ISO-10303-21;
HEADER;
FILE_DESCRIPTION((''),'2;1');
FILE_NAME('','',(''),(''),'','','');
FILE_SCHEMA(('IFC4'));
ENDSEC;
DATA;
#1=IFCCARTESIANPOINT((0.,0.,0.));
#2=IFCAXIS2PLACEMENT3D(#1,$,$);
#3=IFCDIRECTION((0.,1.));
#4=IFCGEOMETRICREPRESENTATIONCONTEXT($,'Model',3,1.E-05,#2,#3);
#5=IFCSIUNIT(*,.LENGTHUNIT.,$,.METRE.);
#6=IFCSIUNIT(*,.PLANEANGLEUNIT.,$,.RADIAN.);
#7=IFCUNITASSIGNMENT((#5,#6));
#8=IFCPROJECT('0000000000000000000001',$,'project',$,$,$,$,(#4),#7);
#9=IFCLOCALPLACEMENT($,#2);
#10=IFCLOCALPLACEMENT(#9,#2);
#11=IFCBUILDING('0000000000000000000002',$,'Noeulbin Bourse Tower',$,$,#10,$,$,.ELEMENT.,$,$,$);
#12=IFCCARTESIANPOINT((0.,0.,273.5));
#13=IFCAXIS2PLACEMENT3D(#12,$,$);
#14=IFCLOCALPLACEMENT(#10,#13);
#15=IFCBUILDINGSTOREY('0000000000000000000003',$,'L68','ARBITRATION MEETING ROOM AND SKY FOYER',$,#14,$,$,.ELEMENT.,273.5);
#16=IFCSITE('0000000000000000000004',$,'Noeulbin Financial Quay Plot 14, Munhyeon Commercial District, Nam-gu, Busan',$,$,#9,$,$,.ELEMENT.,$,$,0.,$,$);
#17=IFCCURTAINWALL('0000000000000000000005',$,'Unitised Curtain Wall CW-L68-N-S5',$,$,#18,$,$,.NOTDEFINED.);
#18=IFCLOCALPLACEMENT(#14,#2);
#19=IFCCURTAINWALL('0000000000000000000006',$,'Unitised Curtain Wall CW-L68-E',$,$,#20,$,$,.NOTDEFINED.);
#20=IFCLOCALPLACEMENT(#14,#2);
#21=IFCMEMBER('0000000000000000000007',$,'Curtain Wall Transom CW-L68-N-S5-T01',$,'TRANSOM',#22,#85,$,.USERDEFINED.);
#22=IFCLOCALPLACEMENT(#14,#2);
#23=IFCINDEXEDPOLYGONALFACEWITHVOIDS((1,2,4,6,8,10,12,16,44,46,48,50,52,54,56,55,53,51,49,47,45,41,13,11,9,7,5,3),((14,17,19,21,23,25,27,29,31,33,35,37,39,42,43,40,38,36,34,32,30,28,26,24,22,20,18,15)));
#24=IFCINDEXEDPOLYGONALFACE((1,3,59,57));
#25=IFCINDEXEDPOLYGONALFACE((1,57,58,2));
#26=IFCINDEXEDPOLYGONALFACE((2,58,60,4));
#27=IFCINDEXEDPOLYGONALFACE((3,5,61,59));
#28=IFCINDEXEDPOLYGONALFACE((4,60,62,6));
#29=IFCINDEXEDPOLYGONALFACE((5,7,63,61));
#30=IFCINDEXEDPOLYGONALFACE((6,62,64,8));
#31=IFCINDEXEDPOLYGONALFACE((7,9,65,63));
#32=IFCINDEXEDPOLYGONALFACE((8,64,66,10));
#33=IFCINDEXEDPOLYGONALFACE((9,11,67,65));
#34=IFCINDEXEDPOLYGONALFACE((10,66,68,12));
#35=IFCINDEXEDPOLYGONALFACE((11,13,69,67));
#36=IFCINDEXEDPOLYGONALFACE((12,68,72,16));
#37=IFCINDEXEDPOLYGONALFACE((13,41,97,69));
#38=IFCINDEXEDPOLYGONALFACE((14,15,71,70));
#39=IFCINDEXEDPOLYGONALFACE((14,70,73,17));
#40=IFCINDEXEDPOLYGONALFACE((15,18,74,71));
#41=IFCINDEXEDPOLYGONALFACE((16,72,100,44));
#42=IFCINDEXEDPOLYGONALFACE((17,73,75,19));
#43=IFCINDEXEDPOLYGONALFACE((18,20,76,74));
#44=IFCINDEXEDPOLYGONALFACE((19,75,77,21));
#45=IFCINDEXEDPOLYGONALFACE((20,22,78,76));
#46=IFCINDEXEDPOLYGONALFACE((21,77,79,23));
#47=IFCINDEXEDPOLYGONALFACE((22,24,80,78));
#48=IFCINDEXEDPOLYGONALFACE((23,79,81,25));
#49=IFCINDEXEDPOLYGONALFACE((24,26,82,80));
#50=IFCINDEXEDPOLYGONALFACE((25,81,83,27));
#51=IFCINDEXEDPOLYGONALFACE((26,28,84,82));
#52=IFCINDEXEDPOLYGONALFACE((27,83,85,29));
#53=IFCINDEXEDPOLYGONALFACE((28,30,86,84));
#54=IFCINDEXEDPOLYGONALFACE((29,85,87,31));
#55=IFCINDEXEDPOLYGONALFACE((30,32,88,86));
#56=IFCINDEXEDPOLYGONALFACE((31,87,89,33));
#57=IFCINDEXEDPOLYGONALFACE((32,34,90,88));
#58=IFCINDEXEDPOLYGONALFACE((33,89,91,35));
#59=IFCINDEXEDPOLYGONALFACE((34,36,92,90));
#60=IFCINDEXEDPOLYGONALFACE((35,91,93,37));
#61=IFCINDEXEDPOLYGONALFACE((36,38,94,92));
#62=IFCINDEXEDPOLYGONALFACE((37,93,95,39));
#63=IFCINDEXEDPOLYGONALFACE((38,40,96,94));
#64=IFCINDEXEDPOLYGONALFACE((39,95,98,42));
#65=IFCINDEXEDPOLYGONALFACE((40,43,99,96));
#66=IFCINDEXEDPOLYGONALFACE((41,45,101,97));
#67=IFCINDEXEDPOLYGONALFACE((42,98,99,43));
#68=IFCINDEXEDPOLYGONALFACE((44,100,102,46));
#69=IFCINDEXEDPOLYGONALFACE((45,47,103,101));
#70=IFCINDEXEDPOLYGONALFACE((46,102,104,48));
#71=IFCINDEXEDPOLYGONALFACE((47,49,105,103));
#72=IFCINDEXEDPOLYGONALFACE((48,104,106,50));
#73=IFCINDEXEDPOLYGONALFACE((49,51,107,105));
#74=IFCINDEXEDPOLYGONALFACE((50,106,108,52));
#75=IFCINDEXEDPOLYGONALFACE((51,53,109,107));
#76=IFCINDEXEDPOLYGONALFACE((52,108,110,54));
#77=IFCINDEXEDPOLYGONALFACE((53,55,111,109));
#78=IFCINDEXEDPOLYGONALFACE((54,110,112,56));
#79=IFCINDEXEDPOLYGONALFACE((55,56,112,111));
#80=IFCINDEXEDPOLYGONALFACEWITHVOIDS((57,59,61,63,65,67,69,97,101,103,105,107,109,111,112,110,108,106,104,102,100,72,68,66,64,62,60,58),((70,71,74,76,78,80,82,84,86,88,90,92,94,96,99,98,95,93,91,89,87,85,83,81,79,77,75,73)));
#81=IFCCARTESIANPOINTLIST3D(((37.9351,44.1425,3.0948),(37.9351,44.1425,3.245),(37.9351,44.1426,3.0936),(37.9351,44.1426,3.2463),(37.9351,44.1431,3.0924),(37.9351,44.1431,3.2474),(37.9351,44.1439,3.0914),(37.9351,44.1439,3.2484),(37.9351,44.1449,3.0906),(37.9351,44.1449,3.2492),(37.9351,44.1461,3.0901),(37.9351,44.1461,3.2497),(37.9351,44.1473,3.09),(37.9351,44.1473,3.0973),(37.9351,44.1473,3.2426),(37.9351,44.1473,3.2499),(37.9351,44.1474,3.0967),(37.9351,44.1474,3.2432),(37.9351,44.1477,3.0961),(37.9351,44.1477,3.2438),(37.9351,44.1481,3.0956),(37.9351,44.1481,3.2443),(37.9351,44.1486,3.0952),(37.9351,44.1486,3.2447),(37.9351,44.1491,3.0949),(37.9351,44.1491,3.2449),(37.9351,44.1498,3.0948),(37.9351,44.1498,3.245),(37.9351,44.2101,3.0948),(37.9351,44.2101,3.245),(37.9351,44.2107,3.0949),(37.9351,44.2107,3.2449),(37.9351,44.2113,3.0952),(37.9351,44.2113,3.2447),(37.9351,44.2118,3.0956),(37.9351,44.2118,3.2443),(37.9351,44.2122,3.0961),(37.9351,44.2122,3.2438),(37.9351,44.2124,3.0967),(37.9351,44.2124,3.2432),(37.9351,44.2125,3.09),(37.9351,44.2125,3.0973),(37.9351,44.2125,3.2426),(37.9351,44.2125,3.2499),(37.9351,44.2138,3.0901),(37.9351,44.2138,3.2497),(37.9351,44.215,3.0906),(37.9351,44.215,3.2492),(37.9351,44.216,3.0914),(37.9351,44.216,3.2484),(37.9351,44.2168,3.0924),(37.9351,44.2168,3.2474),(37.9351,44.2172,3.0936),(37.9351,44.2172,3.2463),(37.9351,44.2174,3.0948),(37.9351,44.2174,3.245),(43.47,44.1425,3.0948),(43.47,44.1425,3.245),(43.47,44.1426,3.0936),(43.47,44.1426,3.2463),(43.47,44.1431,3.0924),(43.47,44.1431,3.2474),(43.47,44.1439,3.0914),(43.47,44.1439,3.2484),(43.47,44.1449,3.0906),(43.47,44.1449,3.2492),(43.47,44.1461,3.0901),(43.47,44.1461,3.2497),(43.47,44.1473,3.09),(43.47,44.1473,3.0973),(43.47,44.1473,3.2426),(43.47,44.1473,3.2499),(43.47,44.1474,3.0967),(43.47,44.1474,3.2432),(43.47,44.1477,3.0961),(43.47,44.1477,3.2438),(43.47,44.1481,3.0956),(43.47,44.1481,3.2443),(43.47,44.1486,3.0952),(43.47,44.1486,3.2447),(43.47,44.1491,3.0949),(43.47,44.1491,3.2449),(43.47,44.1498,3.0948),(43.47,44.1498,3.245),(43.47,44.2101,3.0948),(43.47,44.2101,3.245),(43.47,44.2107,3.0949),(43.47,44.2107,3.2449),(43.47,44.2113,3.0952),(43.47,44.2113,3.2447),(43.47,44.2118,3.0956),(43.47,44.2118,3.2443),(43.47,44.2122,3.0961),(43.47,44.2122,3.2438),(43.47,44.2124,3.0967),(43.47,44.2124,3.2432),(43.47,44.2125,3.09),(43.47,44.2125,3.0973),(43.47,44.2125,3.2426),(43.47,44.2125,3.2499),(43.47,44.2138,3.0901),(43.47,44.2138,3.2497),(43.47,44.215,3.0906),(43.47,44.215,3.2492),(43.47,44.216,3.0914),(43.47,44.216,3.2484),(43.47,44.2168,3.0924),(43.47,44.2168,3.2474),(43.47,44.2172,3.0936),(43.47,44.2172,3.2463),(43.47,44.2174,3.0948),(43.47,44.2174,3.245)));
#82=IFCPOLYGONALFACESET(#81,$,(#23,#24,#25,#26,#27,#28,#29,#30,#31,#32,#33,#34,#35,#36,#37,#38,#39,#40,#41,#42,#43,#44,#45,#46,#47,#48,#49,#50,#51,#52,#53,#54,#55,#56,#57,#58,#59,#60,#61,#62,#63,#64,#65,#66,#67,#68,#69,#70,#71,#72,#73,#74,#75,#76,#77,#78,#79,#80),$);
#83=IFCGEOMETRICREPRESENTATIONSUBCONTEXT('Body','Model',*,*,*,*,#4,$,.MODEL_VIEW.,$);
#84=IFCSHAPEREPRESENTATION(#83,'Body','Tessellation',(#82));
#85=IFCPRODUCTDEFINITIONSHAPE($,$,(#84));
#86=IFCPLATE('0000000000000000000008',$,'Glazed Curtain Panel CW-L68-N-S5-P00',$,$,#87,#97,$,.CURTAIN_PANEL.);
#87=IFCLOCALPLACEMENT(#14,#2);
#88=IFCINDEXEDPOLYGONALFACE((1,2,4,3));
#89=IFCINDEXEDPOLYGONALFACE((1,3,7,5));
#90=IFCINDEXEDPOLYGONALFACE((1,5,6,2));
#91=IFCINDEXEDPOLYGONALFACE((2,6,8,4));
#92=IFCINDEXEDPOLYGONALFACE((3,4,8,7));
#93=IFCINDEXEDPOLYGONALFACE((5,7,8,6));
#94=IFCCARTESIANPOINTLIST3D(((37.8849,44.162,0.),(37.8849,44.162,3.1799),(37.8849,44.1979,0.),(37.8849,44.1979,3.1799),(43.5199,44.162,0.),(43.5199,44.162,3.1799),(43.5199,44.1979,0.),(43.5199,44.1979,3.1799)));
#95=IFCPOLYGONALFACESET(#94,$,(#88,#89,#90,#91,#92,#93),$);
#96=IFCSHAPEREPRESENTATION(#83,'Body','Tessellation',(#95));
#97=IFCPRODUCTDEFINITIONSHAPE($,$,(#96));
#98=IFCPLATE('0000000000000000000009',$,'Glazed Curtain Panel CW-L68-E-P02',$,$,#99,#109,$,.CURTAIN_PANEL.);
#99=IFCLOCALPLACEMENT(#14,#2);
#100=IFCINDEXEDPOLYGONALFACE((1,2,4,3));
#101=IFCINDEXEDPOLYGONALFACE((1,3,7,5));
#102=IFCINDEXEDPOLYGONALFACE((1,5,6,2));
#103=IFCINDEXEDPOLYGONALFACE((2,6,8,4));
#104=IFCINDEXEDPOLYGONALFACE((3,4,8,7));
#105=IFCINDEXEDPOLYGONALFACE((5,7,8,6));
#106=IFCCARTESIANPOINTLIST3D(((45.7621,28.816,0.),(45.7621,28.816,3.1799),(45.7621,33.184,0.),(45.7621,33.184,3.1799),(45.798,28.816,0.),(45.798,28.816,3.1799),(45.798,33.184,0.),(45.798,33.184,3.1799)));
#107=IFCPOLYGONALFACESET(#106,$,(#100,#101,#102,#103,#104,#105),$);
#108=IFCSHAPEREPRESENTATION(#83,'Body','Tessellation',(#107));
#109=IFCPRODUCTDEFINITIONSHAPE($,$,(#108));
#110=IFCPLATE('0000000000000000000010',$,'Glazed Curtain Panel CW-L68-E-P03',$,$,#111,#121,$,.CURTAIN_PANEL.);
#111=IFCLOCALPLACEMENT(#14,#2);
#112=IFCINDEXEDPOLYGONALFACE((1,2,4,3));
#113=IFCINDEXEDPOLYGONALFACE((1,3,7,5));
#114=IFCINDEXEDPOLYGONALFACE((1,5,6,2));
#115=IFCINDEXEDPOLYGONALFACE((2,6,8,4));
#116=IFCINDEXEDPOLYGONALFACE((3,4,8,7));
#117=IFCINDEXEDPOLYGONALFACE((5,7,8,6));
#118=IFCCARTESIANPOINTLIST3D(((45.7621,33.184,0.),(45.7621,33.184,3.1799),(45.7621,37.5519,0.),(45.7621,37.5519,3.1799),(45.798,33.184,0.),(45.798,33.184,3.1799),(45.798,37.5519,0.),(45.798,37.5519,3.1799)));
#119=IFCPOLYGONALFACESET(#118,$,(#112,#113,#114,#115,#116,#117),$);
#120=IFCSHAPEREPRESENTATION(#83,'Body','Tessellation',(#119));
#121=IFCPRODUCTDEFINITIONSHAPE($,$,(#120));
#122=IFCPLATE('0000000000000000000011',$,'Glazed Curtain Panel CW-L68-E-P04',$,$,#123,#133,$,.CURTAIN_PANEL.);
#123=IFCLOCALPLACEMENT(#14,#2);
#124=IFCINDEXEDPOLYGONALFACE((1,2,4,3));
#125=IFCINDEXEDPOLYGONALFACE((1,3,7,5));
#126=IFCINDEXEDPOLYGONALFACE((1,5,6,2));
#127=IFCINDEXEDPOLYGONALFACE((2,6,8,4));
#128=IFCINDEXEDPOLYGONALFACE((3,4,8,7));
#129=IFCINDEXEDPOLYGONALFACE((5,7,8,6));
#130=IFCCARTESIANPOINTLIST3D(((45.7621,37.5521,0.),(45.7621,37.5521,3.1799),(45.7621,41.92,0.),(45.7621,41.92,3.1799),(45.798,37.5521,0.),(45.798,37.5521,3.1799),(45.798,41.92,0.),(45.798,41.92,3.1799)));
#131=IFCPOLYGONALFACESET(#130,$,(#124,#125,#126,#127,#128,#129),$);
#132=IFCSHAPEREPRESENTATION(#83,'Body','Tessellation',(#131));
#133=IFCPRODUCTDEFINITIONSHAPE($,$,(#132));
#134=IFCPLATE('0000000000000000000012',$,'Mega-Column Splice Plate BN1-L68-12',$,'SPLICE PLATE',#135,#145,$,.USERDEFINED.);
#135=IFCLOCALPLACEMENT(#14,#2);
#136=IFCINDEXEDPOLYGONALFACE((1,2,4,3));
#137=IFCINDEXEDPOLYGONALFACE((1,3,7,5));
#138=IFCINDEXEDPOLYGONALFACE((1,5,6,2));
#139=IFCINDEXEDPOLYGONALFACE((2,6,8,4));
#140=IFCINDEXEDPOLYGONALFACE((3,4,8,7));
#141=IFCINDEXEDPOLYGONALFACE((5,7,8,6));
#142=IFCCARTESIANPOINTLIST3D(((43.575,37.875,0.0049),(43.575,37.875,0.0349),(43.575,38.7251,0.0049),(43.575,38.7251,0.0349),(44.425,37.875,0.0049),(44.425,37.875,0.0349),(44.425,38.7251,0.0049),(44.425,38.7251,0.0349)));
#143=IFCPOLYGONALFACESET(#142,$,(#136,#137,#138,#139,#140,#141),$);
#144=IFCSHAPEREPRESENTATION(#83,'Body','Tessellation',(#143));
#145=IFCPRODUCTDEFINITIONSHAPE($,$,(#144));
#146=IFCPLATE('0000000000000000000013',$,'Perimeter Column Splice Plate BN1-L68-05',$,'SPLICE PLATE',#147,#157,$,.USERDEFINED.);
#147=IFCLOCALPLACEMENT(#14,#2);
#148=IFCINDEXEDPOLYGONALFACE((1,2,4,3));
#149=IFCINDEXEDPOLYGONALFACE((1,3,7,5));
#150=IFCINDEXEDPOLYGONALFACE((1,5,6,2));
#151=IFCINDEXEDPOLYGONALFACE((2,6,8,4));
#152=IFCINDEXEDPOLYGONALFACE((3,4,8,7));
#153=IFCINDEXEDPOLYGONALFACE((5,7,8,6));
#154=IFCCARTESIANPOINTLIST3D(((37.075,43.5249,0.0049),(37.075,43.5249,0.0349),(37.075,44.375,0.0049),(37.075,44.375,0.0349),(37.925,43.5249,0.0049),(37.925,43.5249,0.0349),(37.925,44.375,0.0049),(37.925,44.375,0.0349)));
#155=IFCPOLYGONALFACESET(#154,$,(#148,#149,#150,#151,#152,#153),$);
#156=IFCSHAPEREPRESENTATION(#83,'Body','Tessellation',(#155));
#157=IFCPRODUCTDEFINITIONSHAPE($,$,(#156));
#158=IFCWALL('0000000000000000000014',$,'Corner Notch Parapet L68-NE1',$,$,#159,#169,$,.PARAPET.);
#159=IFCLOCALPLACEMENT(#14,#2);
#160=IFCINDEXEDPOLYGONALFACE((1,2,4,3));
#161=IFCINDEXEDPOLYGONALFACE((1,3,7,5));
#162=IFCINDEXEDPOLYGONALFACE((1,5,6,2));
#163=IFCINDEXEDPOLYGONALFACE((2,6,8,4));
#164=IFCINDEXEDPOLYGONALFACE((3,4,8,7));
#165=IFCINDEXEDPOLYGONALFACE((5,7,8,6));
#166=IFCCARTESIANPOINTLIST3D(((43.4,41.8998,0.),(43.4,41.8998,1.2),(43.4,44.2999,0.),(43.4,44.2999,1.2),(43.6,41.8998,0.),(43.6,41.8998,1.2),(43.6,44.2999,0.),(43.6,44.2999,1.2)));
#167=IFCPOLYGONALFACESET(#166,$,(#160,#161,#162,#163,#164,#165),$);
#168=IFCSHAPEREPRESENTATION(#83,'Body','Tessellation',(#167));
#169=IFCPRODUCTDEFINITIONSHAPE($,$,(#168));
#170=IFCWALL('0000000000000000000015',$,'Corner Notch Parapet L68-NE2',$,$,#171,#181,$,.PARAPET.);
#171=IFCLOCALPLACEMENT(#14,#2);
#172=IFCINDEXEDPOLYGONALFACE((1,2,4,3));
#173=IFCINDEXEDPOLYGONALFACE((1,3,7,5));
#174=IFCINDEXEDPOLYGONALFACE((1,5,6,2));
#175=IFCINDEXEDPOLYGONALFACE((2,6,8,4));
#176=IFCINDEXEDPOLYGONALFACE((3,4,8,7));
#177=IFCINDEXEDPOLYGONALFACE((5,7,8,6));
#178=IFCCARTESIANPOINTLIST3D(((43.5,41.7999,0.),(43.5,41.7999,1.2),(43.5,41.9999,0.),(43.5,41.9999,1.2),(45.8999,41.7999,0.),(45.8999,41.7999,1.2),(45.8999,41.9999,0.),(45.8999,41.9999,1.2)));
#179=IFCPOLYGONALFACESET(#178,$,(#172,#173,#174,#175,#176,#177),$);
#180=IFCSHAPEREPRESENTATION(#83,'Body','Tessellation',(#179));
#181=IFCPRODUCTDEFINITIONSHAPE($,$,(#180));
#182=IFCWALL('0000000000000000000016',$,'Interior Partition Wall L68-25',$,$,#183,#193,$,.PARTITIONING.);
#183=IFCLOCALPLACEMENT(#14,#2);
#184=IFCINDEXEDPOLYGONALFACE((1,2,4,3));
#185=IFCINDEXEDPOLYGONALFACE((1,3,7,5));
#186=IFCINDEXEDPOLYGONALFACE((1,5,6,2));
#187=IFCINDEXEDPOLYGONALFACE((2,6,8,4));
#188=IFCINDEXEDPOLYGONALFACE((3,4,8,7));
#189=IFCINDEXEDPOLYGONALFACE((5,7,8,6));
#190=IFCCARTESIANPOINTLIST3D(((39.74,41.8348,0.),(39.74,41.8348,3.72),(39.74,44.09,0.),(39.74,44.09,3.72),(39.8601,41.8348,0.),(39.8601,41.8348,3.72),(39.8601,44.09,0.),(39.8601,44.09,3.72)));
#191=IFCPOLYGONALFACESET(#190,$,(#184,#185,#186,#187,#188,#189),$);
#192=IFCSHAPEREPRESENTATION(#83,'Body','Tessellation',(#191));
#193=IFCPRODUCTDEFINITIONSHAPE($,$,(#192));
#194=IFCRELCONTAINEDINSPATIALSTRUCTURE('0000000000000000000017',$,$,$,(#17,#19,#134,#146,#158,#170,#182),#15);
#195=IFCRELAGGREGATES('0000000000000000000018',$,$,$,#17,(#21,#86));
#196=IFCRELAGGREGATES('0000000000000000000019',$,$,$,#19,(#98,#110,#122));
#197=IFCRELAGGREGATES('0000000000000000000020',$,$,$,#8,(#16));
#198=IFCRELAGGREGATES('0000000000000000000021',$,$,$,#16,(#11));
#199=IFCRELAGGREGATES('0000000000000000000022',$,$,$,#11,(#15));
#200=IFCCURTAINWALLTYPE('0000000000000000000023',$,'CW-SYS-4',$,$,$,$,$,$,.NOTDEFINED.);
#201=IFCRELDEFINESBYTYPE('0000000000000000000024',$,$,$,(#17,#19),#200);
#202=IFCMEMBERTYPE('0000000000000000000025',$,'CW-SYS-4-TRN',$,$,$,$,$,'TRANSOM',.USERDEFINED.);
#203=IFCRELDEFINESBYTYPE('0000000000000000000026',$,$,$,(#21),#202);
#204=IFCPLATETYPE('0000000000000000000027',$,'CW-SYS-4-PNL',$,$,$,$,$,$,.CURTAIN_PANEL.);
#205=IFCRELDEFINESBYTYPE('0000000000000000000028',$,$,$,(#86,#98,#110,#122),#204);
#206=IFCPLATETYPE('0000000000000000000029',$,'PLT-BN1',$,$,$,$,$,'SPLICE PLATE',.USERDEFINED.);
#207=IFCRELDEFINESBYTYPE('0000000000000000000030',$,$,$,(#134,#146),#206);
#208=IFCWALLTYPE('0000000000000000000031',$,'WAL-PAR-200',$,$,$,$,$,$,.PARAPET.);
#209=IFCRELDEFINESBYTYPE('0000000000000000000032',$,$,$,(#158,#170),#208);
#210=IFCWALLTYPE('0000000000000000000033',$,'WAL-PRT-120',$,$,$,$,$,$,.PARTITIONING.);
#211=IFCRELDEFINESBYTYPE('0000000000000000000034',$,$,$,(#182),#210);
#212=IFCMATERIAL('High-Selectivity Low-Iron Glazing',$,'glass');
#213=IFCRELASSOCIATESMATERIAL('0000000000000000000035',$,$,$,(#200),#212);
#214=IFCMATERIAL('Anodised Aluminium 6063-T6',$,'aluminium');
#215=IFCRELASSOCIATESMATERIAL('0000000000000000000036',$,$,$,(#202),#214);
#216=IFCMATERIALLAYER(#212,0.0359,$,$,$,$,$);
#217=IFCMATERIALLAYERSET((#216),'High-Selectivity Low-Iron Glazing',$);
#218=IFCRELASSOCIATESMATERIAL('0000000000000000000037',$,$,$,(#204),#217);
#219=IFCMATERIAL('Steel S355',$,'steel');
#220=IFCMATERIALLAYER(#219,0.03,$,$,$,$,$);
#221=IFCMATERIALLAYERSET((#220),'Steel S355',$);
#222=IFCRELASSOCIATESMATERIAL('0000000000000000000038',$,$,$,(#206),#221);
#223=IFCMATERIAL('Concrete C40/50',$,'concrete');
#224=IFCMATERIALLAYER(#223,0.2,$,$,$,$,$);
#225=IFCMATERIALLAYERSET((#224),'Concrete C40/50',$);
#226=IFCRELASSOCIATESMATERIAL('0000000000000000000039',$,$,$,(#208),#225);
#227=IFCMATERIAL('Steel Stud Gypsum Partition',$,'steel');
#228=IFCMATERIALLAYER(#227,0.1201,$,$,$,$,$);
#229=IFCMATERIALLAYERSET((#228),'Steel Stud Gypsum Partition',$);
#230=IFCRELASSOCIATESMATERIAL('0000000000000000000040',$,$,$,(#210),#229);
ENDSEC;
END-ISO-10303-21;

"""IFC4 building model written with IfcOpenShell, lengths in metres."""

from ifc_helpers import new_model, si_unit, direction, frame, frame_2d, origin, origin_2d, place, context, subcontext, project, spatial, rectangle, hollow_rectangle, extrude, material, layer, layer_set, material_profile, profile_set, type_object, element, aggregate, save


model = new_model("IFC4")

# Units and contexts
model_context = context("Model", 3, precision=1e-05, world=origin(), true_north=direction((0.0, 1.0)))
body_context = subcontext(model_context, "Body", "Model", "MODEL_VIEW")
ifc_project = project(units=[si_unit("LENGTHUNIT", "METRE"), si_unit("PLANEANGLEUNIT", "RADIAN")], contexts=[model_context])

# Site, building, storey
site_placement = place(None, origin())
site = spatial("IfcSite", under=ifc_project, at=site_placement, Name="Noeulbin Financial Quay Plot 14, Munhyeon Commercial District, Nam-gu, Busan", CompositionType="ELEMENT", RefElevation=0.0)
building_placement = place(site_placement, origin())
building = spatial("IfcBuilding", under=site, at=building_placement, Name="Noeulbin Bourse Tower", CompositionType="ELEMENT")
storey_placement = place(building_placement, frame((0.0, 0.0, 273.5)))
storey = spatial("IfcBuildingStorey", under=building, at=storey_placement, Name="L68", Description="ARBITRATION MEETING ROOM AND SKY FOYER", CompositionType="ELEMENT", Elevation=273.5)

# Shared definitions
ifc_material_1 = material(Name="Steel S355", Category="steel")

# Curtain walls
ifc_material_2 = material(Name="High-Selectivity Low-Iron Glazing", Category="glass")
curtain_wall_type = type_object("IfcCurtainWallType", Name="CW-SYS-4", PredefinedType="NOTDEFINED", material=ifc_material_2)
curtain_wall_1_placement = place(storey_placement, origin())
curtain_wall_1 = element("IfcCurtainWall", 1, at=curtain_wall_1_placement, inside=storey, type_object=curtain_wall_type, Name="Unitised Curtain Wall CW-L68-N-S5", PredefinedType="NOTDEFINED")
ifc_material_3 = material(Name="Anodised Aluminium 6063-T6", Category="aluminium")
curtain_wall_2_placement = place(storey_placement, origin())
curtain_wall_2 = element("IfcCurtainWall", 2, at=curtain_wall_2_placement, inside=storey, type_object=curtain_wall_type, Name="Unitised Curtain Wall CW-L68-E", PredefinedType="NOTDEFINED")

# Member
ifc_material_profile_1 = material_profile(ifc_material_3, hollow_rectangle(XDim=0.075, YDim=0.1599, WallThickness=0.0049, InnerFilletRadius=0.0024, OuterFilletRadius=0.0049, at=origin_2d()), Name="ALU-TRAN-75x160x5", Category="LoadBearing")
ifc_profile_set_1 = profile_set([ifc_material_profile_1], Name="Anodised Aluminium 6063-T6")
member_type_1 = type_object("IfcMemberType", Name="CW-SYS-4-TRN", ElementType="TRANSOM", PredefinedType="USERDEFINED", material=ifc_profile_set_1)
member_1_placement = place(storey_placement, frame((37.9351, 44.1799, 3.1699), z_axis=(1.0, 0.0, 0.0), x_axis=(0.0, 1.0, 0.0)))
member_1 = element("IfcMember", 3, at=member_1_placement, type_object=member_type_1, Name="Curtain Wall Transom CW-L68-N-S5-T01", ObjectType="TRANSOM", PredefinedType="USERDEFINED", context=body_context, shape_type="SweptSolid", body=[
    extrude(hollow_rectangle(XDim=0.075, YDim=0.1599, WallThickness=0.0049, InnerFilletRadius=0.0024, OuterFilletRadius=0.0049, at=origin_2d()), origin(), (0.0, 0.0, 1.0), 5.5349),
])

# Plates
ifc_layer_1 = layer(ifc_material_2, 0.0359)
ifc_layer_set_1 = layer_set([ifc_layer_1], Name="High-Selectivity Low-Iron Glazing")
plate_type_1 = type_object("IfcPlateType", Name="CW-SYS-4-PNL", PredefinedType="CURTAIN_PANEL", material=ifc_layer_set_1)
plate_1_placement = place(storey_placement, frame((40.7024, 44.1799, 0.0), z_axis=(0.0, 0.0, 1.0), x_axis=(1.0, 0.0, 0.0)))
plate_1 = element("IfcPlate", 4, at=plate_1_placement, type_object=plate_type_1, Name="Glazed Curtain Panel CW-L68-N-S5-P00", PredefinedType="CURTAIN_PANEL", context=body_context, shape_type="SweptSolid", body=[
    extrude(rectangle(XDim=5.635, YDim=0.0359, at=origin_2d()), origin(), (0.0, 0.0, 1.0), 3.1799),
])
aggregate(curtain_wall_1, [member_1, plate_1])
plate_2_placement = place(storey_placement, frame((45.78, 31.0, 0.0), z_axis=(0.0, 0.0, 1.0), x_axis=(0.0, 1.0, 0.0)))
plate_2 = element("IfcPlate", 5, at=plate_2_placement, type_object=plate_type_1, Name="Glazed Curtain Panel CW-L68-E-P02", PredefinedType="CURTAIN_PANEL", context=body_context, shape_type="SweptSolid", body=[
    extrude(rectangle(XDim=4.3679, YDim=0.0359, at=origin_2d()), origin(), (0.0, 0.0, 1.0), 3.1799),
])
plate_3_placement = place(storey_placement, frame((45.78, 35.3679, 0.0), z_axis=(0.0, 0.0, 1.0), x_axis=(0.0, 1.0, 0.0)))
plate_3 = element("IfcPlate", 6, at=plate_3_placement, type_object=plate_type_1, Name="Glazed Curtain Panel CW-L68-E-P03", PredefinedType="CURTAIN_PANEL", context=body_context, shape_type="SweptSolid", body=[
    extrude(rectangle(XDim=4.3679, YDim=0.0359, at=origin_2d()), origin(), (0.0, 0.0, 1.0), 3.1799),
])
plate_4_placement = place(storey_placement, frame((45.78, 39.7361, 0.0), z_axis=(0.0, 0.0, 1.0), x_axis=(0.0, 1.0, 0.0)))
plate_4 = element("IfcPlate", 7, at=plate_4_placement, type_object=plate_type_1, Name="Glazed Curtain Panel CW-L68-E-P04", PredefinedType="CURTAIN_PANEL", context=body_context, shape_type="SweptSolid", body=[
    extrude(rectangle(XDim=4.3679, YDim=0.0359, at=origin_2d()), origin(), (0.0, 0.0, 1.0), 3.1799),
])
aggregate(curtain_wall_2, [plate_2, plate_3, plate_4])

# Plates
ifc_layer_2 = layer(ifc_material_1, 0.03)
ifc_layer_set_2 = layer_set([ifc_layer_2], Name="Steel S355")
plate_type_2 = type_object("IfcPlateType", Name="PLT-BN1", ElementType="SPLICE PLATE", PredefinedType="USERDEFINED", material=ifc_layer_set_2)
for number, where, z_axis, x_axis, name in (
    (8, (44.0, 38.3, 0.0049), (0.0, 0.0, 1.0), (1.0, 0.0, 0.0), "Mega-Column Splice Plate BN1-L68-12"),
    (9, (37.5, 43.95, 0.0049), (0.0, 0.0, 1.0), (1.0, 0.0, 0.0), "Perimeter Column Splice Plate BN1-L68-05"),
):
    element("IfcPlate", number, at=place(storey_placement, frame(where, z_axis=z_axis, x_axis=x_axis)), inside=storey, type_object=plate_type_2, Name=name, ObjectType="SPLICE PLATE", PredefinedType="USERDEFINED", context=body_context, shape_type="SweptSolid", body=[
        extrude(rectangle(XDim=0.8501, YDim=0.8501, at=origin_2d()), origin(), (0.0, 0.0, 1.0), 0.03),
    ])

# Walls
ifc_material_4 = material(Name="Concrete C40/50", Category="concrete")
ifc_layer_3 = layer(ifc_material_4, 0.2)
ifc_layer_set_3 = layer_set([ifc_layer_3], Name="Concrete C40/50")
wall_type_1 = type_object("IfcWallType", Name="WAL-PAR-200", PredefinedType="PARAPET", material=ifc_layer_set_3)
wall_1_placement = place(storey_placement, frame((43.5, 44.3, 0.0), z_axis=(0.0, 0.0, 1.0), x_axis=(0.0, -1.0, 0.0)))
element("IfcWall", 10, at=wall_1_placement, inside=storey, type_object=wall_type_1, Name="Corner Notch Parapet L68-NE1", PredefinedType="PARAPET", context=body_context, shape_type="SweptSolid", body=[
    extrude(rectangle(XDim=2.4001, YDim=0.2, at=frame_2d((1.2002, 0.0))), origin(), (0.0, 0.0, 1.0), 1.2),
])
wall_2_placement = place(storey_placement, frame((43.5, 41.8999, 0.0), z_axis=(0.0, 0.0, 1.0), x_axis=(1.0, 0.0, 0.0)))
element("IfcWall", 11, at=wall_2_placement, inside=storey, type_object=wall_type_1, Name="Corner Notch Parapet L68-NE2", PredefinedType="PARAPET", context=body_context, shape_type="SweptSolid", body=[
    extrude(rectangle(XDim=2.3999, YDim=0.2, at=frame_2d((1.2, 0.0))), origin(), (0.0, 0.0, 1.0), 1.2),
])
ifc_material_5 = material(Name="Steel Stud Gypsum Partition", Category="steel")
ifc_layer_4 = layer(ifc_material_5, 0.1201)
ifc_layer_set_4 = layer_set([ifc_layer_4], Name="Steel Stud Gypsum Partition")
wall_type_2 = type_object("IfcWallType", Name="WAL-PRT-120", PredefinedType="PARTITIONING", material=ifc_layer_set_4)
wall_3_placement = place(storey_placement, frame((39.8, 41.835, 0.0), z_axis=(0.0, 0.0, 1.0), x_axis=(0.0, 1.0, 0.0)))
element("IfcWall", 12, at=wall_3_placement, inside=storey, type_object=wall_type_2, Name="Interior Partition Wall L68-25", PredefinedType="PARTITIONING", context=body_context, shape_type="SweptSolid", body=[
    extrude(rectangle(XDim=2.2551, YDim=0.1201, at=frame_2d((1.1274, 0.0))), origin(), (0.0, 0.0, 1.0), 3.72),
])

save(model, "model.ifc")
